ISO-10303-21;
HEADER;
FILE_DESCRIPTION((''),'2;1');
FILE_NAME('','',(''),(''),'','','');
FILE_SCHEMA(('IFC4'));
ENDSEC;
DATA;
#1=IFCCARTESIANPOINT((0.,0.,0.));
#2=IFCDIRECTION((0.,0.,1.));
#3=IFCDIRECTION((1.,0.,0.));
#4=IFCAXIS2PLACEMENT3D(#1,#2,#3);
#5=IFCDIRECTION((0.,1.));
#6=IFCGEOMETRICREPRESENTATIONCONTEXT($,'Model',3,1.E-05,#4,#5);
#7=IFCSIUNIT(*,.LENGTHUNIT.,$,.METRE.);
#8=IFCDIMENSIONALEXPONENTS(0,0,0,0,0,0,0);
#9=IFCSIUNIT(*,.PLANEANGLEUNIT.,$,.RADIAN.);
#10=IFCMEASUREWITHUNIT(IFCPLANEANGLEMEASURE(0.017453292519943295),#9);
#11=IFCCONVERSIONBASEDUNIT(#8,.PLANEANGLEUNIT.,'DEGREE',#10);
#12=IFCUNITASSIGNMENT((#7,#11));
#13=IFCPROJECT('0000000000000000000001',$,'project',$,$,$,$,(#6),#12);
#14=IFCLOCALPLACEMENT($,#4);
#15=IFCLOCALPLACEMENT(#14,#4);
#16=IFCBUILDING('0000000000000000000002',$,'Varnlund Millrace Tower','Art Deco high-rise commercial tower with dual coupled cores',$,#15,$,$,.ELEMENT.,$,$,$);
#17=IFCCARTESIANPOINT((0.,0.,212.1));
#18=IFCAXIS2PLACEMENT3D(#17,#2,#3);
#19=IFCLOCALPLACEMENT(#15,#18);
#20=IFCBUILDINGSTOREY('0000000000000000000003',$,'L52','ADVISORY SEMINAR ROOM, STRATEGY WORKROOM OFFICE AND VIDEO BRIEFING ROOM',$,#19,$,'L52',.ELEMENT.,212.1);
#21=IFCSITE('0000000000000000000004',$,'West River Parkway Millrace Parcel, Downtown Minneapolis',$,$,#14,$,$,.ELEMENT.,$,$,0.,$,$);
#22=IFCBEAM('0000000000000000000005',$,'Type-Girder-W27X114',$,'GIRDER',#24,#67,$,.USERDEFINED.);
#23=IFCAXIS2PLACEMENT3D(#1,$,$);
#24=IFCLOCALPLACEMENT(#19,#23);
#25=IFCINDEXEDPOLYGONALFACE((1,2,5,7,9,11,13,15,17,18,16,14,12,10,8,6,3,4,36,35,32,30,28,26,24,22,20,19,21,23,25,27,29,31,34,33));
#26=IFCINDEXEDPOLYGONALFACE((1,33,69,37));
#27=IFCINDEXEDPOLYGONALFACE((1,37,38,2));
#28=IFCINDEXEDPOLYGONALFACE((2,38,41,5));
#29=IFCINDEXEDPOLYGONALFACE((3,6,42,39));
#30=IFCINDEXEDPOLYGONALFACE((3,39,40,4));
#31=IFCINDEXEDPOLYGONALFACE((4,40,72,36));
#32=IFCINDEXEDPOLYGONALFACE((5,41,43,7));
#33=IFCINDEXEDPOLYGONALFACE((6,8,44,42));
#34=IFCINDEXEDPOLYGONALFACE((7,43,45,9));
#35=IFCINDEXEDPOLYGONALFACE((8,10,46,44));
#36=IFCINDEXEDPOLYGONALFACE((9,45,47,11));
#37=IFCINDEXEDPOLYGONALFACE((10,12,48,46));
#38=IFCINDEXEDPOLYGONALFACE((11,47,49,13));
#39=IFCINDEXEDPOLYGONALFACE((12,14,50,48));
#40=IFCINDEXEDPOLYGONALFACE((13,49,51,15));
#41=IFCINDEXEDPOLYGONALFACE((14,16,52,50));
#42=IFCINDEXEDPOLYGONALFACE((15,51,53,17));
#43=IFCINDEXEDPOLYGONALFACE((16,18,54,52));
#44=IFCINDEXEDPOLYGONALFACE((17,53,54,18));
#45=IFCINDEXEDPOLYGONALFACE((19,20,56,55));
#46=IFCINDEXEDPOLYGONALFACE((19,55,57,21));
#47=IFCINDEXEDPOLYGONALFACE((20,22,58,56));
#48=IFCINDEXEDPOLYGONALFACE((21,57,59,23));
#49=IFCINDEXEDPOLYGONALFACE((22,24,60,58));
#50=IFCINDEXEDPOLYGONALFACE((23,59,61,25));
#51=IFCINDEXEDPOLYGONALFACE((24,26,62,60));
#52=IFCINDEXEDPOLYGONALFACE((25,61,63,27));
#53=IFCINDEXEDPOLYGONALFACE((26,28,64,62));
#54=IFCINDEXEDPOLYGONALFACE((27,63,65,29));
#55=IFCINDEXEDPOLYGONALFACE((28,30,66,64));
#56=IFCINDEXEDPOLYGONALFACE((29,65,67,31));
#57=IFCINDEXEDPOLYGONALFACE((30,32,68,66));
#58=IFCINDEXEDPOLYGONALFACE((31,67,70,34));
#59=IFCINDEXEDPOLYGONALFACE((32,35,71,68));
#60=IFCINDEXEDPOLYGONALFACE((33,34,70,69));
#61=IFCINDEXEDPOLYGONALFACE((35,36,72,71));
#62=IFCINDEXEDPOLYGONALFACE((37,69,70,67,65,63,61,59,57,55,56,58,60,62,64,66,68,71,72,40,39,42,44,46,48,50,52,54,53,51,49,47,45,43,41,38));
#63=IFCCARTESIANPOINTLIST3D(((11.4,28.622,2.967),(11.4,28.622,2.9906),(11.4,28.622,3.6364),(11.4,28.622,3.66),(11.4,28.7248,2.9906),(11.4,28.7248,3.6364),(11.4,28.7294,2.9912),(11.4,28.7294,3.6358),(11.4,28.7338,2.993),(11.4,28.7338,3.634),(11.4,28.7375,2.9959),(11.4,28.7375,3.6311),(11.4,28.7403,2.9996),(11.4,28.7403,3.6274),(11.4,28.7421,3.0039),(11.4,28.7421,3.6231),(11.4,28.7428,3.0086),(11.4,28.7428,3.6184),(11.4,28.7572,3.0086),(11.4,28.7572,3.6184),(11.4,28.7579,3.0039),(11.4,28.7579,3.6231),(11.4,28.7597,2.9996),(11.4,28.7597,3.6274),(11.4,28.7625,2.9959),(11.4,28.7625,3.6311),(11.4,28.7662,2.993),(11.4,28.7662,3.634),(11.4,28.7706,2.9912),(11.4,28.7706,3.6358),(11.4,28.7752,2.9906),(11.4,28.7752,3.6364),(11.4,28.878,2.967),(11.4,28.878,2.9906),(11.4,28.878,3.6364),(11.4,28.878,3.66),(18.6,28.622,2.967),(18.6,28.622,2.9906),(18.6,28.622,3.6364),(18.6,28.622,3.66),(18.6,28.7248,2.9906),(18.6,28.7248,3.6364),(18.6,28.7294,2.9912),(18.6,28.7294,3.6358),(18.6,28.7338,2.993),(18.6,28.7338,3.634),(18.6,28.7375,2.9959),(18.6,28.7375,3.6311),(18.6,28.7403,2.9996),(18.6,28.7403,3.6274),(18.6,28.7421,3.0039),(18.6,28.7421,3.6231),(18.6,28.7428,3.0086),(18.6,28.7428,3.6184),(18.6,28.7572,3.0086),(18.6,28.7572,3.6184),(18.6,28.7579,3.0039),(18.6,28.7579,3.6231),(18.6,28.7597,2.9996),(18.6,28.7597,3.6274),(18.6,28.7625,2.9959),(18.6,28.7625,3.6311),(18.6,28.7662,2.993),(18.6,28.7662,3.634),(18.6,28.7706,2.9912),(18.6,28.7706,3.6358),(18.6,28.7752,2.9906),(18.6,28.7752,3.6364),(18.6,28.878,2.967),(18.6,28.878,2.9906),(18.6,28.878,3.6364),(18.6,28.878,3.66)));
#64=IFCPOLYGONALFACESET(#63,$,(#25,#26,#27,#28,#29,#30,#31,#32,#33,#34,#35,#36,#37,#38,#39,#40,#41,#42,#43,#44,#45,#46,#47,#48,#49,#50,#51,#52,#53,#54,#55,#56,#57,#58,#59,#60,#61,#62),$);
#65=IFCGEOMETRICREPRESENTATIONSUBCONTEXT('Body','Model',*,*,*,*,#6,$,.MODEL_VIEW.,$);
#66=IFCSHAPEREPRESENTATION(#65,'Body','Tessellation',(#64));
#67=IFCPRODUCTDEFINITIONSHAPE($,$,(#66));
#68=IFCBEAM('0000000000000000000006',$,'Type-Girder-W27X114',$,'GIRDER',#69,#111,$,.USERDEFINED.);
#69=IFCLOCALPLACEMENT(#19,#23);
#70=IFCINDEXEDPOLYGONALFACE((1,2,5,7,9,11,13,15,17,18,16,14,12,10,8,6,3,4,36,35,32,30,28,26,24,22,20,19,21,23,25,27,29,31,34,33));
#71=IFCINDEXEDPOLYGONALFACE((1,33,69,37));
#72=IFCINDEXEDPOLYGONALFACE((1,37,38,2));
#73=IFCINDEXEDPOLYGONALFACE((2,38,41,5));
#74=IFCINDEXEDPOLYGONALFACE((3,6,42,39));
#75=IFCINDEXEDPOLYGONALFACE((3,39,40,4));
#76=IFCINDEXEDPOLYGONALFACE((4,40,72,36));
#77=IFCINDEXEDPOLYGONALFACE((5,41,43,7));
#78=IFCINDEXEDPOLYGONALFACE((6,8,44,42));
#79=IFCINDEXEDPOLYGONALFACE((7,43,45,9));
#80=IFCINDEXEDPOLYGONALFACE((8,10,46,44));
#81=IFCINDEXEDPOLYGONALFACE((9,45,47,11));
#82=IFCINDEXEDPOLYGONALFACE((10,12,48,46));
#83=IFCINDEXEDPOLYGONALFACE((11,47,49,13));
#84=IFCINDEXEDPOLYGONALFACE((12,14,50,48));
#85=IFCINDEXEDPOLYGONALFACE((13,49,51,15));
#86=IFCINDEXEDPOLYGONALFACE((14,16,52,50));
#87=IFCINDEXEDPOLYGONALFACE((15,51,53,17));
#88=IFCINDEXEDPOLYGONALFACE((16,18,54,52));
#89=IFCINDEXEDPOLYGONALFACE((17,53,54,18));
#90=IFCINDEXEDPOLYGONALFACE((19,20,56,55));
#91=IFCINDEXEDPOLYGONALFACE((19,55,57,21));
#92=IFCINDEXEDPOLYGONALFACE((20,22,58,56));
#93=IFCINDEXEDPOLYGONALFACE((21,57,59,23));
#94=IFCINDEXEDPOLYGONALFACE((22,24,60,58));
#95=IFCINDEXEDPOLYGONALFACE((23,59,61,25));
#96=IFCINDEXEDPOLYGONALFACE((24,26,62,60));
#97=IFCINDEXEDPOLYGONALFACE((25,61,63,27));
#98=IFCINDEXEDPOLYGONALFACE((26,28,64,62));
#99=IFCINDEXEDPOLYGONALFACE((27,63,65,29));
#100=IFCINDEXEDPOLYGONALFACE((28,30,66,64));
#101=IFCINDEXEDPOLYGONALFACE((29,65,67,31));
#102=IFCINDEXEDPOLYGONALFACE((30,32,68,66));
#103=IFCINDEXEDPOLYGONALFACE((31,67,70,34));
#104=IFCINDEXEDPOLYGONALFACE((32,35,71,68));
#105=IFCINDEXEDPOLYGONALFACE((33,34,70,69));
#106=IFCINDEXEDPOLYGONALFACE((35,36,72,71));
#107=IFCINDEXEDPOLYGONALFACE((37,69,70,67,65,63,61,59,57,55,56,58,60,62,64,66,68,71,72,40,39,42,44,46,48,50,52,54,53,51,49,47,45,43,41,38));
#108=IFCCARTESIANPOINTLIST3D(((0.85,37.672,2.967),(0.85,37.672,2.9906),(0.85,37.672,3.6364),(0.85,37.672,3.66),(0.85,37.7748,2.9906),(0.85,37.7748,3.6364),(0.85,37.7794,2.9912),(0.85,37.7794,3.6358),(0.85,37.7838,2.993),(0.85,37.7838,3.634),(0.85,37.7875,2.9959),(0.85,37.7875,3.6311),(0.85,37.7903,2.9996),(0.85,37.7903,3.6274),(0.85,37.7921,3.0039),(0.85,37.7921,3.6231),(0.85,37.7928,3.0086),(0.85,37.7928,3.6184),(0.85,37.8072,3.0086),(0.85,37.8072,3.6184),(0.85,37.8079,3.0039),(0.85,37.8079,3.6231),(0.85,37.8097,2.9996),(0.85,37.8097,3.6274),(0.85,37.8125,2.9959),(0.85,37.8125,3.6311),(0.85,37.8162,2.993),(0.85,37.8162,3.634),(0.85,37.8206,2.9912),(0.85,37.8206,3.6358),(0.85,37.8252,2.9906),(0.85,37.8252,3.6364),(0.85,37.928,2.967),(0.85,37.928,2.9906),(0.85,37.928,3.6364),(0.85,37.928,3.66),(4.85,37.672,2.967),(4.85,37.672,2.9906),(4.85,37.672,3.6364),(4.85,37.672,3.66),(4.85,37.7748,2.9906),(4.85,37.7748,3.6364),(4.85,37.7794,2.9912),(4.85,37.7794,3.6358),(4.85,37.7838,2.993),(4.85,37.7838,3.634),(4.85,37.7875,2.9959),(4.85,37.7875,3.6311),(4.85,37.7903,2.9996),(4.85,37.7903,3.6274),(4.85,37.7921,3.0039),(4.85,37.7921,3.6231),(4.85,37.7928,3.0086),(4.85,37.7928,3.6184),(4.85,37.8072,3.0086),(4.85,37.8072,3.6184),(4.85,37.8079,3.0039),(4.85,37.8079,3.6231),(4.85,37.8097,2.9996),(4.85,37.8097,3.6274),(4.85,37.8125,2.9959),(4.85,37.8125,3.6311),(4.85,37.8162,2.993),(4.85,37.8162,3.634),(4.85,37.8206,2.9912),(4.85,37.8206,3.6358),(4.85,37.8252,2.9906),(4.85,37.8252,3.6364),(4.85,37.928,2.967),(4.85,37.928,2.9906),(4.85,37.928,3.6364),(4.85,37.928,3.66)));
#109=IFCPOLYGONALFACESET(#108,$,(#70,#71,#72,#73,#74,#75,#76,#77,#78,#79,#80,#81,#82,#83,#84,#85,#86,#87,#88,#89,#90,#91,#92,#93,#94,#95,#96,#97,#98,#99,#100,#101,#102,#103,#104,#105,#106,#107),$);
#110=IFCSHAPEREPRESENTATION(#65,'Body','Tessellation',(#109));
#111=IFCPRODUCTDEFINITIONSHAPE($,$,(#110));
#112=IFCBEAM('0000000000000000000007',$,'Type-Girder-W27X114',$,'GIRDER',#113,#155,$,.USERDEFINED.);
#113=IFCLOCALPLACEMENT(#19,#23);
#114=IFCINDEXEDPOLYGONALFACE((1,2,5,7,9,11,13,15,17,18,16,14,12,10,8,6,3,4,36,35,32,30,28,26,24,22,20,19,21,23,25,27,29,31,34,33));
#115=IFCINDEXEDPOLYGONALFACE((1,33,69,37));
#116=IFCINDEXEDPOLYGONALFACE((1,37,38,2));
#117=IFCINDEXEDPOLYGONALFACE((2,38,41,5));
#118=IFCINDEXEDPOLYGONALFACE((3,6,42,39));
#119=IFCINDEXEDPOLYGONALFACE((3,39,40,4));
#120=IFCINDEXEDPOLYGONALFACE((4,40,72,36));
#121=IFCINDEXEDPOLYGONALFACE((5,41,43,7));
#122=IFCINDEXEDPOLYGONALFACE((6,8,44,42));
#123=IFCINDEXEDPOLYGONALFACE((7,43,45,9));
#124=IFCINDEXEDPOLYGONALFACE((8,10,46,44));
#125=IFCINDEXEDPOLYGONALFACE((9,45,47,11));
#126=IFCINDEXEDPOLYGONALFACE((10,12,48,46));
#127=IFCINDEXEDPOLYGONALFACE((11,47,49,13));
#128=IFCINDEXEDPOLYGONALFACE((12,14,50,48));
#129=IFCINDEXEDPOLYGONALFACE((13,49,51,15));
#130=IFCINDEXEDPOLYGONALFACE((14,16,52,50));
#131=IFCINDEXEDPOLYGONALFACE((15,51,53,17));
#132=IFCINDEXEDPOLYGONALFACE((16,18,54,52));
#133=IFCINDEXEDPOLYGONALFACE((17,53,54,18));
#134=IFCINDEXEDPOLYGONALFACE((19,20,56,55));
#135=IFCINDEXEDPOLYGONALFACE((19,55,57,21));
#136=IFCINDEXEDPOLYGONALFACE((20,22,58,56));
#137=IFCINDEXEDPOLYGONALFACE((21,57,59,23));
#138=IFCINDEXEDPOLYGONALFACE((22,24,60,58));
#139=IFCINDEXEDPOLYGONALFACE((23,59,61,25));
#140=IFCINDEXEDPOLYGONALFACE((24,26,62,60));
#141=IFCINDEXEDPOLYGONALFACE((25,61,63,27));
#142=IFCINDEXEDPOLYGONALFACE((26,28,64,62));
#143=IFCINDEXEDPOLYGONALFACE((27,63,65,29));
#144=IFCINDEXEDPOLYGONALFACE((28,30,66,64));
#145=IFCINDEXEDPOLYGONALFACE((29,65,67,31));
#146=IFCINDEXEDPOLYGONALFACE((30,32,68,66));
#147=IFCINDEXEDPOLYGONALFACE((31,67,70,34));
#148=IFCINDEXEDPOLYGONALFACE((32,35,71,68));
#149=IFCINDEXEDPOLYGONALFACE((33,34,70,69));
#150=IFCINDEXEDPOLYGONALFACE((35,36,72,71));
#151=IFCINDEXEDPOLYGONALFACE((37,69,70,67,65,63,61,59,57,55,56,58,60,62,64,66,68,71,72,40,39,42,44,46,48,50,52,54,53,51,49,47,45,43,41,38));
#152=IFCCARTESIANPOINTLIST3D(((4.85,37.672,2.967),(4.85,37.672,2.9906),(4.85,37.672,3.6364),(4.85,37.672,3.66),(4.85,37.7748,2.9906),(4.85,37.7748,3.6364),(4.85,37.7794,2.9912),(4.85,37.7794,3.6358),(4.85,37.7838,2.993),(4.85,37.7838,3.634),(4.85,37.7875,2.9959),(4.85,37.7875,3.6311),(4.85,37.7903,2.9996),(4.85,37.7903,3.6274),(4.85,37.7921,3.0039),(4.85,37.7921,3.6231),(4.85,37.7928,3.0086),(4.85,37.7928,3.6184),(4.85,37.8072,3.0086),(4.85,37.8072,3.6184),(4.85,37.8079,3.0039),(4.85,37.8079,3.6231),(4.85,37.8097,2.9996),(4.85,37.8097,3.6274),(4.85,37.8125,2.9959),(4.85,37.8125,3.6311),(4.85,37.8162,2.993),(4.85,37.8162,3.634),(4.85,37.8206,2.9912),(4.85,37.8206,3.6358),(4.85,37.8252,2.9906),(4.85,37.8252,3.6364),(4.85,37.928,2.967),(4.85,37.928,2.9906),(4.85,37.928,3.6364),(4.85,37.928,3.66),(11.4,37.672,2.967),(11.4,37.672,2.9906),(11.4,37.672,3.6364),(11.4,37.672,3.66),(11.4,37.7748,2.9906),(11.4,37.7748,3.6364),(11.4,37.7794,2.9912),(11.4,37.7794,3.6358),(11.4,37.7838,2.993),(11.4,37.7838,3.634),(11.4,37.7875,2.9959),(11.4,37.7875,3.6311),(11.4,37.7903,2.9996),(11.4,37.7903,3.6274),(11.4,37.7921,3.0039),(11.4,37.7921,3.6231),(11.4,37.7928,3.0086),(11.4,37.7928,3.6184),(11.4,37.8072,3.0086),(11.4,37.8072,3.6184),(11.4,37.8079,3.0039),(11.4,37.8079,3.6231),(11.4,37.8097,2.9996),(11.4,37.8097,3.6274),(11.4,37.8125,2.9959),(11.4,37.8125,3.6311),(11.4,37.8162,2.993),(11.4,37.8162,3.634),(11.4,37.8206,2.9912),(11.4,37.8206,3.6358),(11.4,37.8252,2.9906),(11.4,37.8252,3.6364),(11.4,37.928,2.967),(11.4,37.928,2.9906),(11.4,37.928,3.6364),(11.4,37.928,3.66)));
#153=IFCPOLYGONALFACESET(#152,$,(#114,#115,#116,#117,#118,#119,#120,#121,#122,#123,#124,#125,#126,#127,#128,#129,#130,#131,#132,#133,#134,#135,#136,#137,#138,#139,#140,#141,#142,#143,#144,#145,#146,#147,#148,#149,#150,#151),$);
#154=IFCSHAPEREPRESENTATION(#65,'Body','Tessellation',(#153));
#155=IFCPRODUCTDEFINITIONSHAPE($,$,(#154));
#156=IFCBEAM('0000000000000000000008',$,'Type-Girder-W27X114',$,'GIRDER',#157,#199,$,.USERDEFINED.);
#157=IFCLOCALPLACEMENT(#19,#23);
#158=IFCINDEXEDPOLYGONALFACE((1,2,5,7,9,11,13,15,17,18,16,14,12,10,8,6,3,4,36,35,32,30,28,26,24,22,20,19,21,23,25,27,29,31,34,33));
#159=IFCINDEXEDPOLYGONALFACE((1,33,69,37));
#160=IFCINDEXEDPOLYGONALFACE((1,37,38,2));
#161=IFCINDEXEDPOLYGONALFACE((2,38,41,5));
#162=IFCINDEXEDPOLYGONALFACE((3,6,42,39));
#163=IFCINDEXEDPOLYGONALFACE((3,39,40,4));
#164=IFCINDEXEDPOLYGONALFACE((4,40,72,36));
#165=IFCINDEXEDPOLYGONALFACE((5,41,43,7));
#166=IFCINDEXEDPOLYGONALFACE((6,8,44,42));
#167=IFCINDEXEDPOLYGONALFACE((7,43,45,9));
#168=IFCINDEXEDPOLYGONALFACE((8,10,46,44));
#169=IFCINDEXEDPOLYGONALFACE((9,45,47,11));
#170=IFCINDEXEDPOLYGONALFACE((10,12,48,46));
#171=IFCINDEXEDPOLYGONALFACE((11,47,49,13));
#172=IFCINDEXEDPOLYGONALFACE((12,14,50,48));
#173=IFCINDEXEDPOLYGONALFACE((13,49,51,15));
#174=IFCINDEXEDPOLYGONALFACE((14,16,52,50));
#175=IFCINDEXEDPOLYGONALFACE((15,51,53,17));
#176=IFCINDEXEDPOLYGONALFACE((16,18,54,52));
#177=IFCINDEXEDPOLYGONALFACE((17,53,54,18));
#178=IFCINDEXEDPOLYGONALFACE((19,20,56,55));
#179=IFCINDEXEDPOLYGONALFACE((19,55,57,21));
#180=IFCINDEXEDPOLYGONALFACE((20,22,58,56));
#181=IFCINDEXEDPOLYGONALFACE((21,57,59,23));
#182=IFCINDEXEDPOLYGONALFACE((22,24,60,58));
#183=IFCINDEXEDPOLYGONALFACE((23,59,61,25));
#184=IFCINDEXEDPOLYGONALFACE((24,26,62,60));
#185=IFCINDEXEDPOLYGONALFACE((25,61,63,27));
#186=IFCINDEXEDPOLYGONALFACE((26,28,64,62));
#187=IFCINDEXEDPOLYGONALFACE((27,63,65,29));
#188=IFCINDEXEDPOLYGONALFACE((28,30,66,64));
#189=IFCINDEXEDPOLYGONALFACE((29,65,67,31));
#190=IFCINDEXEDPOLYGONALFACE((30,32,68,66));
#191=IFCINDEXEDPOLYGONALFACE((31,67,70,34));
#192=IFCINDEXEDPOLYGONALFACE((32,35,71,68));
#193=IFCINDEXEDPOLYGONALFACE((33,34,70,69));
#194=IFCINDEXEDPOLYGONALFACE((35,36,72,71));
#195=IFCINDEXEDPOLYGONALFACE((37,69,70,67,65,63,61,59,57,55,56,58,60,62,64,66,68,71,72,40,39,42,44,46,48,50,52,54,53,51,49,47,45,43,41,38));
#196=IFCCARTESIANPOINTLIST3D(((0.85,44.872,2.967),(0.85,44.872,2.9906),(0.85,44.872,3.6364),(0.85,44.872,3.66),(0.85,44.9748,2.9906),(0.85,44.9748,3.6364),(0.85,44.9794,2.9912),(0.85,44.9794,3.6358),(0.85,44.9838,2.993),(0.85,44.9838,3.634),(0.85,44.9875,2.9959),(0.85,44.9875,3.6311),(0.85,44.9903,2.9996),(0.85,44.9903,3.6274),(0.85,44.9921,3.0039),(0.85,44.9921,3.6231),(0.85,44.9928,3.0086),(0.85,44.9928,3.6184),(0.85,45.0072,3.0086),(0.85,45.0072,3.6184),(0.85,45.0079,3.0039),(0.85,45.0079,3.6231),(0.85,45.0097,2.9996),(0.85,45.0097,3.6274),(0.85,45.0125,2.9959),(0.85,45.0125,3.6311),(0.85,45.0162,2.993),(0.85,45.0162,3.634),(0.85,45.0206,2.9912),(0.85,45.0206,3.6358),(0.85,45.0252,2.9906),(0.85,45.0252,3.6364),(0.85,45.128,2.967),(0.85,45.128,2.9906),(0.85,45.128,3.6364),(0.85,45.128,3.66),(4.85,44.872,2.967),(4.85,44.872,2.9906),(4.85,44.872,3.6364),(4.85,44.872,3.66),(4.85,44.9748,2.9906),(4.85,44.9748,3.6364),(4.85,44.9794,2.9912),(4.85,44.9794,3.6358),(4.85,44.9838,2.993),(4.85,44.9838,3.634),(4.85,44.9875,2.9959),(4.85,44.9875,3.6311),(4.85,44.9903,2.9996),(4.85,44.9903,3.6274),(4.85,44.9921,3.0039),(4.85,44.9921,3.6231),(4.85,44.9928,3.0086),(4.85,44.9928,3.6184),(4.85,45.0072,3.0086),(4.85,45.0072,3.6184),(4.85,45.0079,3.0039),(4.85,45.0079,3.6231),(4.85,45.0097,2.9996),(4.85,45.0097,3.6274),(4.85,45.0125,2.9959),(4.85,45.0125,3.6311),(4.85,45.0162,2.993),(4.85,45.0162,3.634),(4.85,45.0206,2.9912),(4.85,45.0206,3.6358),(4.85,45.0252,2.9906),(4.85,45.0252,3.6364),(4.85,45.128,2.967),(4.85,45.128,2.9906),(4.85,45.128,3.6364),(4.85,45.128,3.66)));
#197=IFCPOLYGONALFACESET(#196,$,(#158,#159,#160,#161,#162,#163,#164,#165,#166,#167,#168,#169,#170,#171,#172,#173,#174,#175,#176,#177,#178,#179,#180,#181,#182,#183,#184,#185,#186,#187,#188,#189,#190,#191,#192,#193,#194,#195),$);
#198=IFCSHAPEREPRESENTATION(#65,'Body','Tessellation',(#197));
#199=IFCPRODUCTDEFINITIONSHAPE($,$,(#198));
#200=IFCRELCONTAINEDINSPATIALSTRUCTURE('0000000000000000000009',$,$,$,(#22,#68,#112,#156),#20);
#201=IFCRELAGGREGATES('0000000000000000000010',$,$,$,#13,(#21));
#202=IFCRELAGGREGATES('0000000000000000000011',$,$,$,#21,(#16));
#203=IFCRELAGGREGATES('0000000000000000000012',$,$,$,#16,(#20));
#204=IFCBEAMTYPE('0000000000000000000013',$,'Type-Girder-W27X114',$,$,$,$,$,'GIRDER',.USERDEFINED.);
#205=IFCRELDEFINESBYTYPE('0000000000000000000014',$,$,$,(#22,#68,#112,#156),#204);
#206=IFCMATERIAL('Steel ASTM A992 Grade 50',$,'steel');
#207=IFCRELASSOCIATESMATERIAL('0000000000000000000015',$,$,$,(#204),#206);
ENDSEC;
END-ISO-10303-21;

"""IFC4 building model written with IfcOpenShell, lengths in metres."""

from ifc_helpers import new_model, entity, si_unit, converted_unit, direction, frame, origin_with_axes, origin_2d_with_axis, place, context, subcontext, project, spatial, i_section, extrude, material, material_profile, profile_set, type_object, element, save


model = new_model("IFC4")

# Units and contexts
model_context = context("Model", 3, precision=1e-05, world=origin_with_axes(), true_north=direction((0.0, 1.0)))
body_context = subcontext(model_context, "Body", "Model", "MODEL_VIEW")
ifc_project = project(units=[si_unit("LENGTHUNIT", "METRE"), converted_unit("PLANEANGLEUNIT", "DEGREE", entity("IfcPlaneAngleMeasure", 0.017453292519943295), si_unit("PLANEANGLEUNIT", "RADIAN"), dimensions=[0, 0, 0, 0, 0, 0, 0])], contexts=[model_context])

# Site, building, storey
site_placement = place(None, origin_with_axes())
site = spatial("IfcSite", under=ifc_project, at=site_placement, Name="West River Parkway Millrace Parcel, Downtown Minneapolis", CompositionType="ELEMENT", RefElevation=0.0)
building_placement = place(site_placement, origin_with_axes())
building = spatial("IfcBuilding", under=site, at=building_placement, Name="Varnlund Millrace Tower", Description="Art Deco high-rise commercial tower with dual coupled cores", CompositionType="ELEMENT")
storey_placement = place(building_placement, frame((0.0, 0.0, 212.1), z_axis=(0.0, 0.0, 1.0), x_axis=(1.0, 0.0, 0.0)))
storey = spatial("IfcBuildingStorey", under=building, at=storey_placement, Name="L52", Description="ADVISORY SEMINAR ROOM, STRATEGY WORKROOM OFFICE AND VIDEO BRIEFING ROOM", LongName="L52", CompositionType="ELEMENT", Elevation=212.1)

# Beams
ifc_material_1 = material(Name="Steel ASTM A992 Grade 50", Category="steel")
ifc_material_profile_1 = material_profile(ifc_material_1, i_section(OverallWidth=0.256, OverallDepth=0.693, WebThickness=0.0145, FlangeThickness=0.0236, FilletRadius=0.018, at=origin_2d_with_axis()), Name="Steel ASTM A992 Grade 50")
ifc_profile_set_1 = profile_set([ifc_material_profile_1], Name="Steel ASTM A992 Grade 50")
beam_type_1 = type_object("IfcBeamType", Name="Type-Girder-W27X114", ElementType="GIRDER", PredefinedType="USERDEFINED", material=ifc_profile_set_1)
beam_1_placement = place(storey_placement, frame((11.4, 28.75, 3.3135), z_axis=(1.0, 0.0, 0.0), x_axis=(0.0, 1.0, 0.0)))
element("IfcBeam", 1, at=beam_1_placement, inside=storey, type_object=beam_type_1, Name="Type-Girder-W27X114", ObjectType="GIRDER", PredefinedType="USERDEFINED", context=body_context, shape_type="SweptSolid", body=[
    extrude(i_section(OverallWidth=0.256, OverallDepth=0.693, WebThickness=0.0145, FlangeThickness=0.0236, FilletRadius=0.018, at=origin_2d_with_axis()), origin_with_axes(), (0.0, 0.0, 1.0), 7.2),
])
beam_2_placement = place(storey_placement, frame((0.85, 37.8, 3.3135), z_axis=(1.0, 0.0, 0.0), x_axis=(0.0, 1.0, 0.0)))
element("IfcBeam", 2, at=beam_2_placement, inside=storey, type_object=beam_type_1, Name="Type-Girder-W27X114", ObjectType="GIRDER", PredefinedType="USERDEFINED", context=body_context, shape_type="SweptSolid", body=[
    extrude(i_section(OverallWidth=0.256, OverallDepth=0.693, WebThickness=0.0145, FlangeThickness=0.0236, FilletRadius=0.018, at=origin_2d_with_axis()), origin_with_axes(), (0.0, 0.0, 1.0), 4.0),
])
beam_3_placement = place(storey_placement, frame((4.85, 37.8, 3.3135), z_axis=(1.0, 0.0, 0.0), x_axis=(0.0, 1.0, 0.0)))
element("IfcBeam", 3, at=beam_3_placement, inside=storey, type_object=beam_type_1, Name="Type-Girder-W27X114", ObjectType="GIRDER", PredefinedType="USERDEFINED", context=body_context, shape_type="SweptSolid", body=[
    extrude(i_section(OverallWidth=0.256, OverallDepth=0.693, WebThickness=0.0145, FlangeThickness=0.0236, FilletRadius=0.018, at=origin_2d_with_axis()), origin_with_axes(), (0.0, 0.0, 1.0), 6.55),
])
beam_4_placement = place(storey_placement, frame((0.85, 45.0, 3.3135), z_axis=(1.0, 0.0, 0.0), x_axis=(0.0, 1.0, 0.0)))
element("IfcBeam", 4, at=beam_4_placement, inside=storey, type_object=beam_type_1, Name="Type-Girder-W27X114", ObjectType="GIRDER", PredefinedType="USERDEFINED", context=body_context, shape_type="SweptSolid", body=[
    extrude(i_section(OverallWidth=0.256, OverallDepth=0.693, WebThickness=0.0145, FlangeThickness=0.0236, FilletRadius=0.018, at=origin_2d_with_axis()), origin_with_axes(), (0.0, 0.0, 1.0), 4.0),
])

save(model, "model.ifc")
